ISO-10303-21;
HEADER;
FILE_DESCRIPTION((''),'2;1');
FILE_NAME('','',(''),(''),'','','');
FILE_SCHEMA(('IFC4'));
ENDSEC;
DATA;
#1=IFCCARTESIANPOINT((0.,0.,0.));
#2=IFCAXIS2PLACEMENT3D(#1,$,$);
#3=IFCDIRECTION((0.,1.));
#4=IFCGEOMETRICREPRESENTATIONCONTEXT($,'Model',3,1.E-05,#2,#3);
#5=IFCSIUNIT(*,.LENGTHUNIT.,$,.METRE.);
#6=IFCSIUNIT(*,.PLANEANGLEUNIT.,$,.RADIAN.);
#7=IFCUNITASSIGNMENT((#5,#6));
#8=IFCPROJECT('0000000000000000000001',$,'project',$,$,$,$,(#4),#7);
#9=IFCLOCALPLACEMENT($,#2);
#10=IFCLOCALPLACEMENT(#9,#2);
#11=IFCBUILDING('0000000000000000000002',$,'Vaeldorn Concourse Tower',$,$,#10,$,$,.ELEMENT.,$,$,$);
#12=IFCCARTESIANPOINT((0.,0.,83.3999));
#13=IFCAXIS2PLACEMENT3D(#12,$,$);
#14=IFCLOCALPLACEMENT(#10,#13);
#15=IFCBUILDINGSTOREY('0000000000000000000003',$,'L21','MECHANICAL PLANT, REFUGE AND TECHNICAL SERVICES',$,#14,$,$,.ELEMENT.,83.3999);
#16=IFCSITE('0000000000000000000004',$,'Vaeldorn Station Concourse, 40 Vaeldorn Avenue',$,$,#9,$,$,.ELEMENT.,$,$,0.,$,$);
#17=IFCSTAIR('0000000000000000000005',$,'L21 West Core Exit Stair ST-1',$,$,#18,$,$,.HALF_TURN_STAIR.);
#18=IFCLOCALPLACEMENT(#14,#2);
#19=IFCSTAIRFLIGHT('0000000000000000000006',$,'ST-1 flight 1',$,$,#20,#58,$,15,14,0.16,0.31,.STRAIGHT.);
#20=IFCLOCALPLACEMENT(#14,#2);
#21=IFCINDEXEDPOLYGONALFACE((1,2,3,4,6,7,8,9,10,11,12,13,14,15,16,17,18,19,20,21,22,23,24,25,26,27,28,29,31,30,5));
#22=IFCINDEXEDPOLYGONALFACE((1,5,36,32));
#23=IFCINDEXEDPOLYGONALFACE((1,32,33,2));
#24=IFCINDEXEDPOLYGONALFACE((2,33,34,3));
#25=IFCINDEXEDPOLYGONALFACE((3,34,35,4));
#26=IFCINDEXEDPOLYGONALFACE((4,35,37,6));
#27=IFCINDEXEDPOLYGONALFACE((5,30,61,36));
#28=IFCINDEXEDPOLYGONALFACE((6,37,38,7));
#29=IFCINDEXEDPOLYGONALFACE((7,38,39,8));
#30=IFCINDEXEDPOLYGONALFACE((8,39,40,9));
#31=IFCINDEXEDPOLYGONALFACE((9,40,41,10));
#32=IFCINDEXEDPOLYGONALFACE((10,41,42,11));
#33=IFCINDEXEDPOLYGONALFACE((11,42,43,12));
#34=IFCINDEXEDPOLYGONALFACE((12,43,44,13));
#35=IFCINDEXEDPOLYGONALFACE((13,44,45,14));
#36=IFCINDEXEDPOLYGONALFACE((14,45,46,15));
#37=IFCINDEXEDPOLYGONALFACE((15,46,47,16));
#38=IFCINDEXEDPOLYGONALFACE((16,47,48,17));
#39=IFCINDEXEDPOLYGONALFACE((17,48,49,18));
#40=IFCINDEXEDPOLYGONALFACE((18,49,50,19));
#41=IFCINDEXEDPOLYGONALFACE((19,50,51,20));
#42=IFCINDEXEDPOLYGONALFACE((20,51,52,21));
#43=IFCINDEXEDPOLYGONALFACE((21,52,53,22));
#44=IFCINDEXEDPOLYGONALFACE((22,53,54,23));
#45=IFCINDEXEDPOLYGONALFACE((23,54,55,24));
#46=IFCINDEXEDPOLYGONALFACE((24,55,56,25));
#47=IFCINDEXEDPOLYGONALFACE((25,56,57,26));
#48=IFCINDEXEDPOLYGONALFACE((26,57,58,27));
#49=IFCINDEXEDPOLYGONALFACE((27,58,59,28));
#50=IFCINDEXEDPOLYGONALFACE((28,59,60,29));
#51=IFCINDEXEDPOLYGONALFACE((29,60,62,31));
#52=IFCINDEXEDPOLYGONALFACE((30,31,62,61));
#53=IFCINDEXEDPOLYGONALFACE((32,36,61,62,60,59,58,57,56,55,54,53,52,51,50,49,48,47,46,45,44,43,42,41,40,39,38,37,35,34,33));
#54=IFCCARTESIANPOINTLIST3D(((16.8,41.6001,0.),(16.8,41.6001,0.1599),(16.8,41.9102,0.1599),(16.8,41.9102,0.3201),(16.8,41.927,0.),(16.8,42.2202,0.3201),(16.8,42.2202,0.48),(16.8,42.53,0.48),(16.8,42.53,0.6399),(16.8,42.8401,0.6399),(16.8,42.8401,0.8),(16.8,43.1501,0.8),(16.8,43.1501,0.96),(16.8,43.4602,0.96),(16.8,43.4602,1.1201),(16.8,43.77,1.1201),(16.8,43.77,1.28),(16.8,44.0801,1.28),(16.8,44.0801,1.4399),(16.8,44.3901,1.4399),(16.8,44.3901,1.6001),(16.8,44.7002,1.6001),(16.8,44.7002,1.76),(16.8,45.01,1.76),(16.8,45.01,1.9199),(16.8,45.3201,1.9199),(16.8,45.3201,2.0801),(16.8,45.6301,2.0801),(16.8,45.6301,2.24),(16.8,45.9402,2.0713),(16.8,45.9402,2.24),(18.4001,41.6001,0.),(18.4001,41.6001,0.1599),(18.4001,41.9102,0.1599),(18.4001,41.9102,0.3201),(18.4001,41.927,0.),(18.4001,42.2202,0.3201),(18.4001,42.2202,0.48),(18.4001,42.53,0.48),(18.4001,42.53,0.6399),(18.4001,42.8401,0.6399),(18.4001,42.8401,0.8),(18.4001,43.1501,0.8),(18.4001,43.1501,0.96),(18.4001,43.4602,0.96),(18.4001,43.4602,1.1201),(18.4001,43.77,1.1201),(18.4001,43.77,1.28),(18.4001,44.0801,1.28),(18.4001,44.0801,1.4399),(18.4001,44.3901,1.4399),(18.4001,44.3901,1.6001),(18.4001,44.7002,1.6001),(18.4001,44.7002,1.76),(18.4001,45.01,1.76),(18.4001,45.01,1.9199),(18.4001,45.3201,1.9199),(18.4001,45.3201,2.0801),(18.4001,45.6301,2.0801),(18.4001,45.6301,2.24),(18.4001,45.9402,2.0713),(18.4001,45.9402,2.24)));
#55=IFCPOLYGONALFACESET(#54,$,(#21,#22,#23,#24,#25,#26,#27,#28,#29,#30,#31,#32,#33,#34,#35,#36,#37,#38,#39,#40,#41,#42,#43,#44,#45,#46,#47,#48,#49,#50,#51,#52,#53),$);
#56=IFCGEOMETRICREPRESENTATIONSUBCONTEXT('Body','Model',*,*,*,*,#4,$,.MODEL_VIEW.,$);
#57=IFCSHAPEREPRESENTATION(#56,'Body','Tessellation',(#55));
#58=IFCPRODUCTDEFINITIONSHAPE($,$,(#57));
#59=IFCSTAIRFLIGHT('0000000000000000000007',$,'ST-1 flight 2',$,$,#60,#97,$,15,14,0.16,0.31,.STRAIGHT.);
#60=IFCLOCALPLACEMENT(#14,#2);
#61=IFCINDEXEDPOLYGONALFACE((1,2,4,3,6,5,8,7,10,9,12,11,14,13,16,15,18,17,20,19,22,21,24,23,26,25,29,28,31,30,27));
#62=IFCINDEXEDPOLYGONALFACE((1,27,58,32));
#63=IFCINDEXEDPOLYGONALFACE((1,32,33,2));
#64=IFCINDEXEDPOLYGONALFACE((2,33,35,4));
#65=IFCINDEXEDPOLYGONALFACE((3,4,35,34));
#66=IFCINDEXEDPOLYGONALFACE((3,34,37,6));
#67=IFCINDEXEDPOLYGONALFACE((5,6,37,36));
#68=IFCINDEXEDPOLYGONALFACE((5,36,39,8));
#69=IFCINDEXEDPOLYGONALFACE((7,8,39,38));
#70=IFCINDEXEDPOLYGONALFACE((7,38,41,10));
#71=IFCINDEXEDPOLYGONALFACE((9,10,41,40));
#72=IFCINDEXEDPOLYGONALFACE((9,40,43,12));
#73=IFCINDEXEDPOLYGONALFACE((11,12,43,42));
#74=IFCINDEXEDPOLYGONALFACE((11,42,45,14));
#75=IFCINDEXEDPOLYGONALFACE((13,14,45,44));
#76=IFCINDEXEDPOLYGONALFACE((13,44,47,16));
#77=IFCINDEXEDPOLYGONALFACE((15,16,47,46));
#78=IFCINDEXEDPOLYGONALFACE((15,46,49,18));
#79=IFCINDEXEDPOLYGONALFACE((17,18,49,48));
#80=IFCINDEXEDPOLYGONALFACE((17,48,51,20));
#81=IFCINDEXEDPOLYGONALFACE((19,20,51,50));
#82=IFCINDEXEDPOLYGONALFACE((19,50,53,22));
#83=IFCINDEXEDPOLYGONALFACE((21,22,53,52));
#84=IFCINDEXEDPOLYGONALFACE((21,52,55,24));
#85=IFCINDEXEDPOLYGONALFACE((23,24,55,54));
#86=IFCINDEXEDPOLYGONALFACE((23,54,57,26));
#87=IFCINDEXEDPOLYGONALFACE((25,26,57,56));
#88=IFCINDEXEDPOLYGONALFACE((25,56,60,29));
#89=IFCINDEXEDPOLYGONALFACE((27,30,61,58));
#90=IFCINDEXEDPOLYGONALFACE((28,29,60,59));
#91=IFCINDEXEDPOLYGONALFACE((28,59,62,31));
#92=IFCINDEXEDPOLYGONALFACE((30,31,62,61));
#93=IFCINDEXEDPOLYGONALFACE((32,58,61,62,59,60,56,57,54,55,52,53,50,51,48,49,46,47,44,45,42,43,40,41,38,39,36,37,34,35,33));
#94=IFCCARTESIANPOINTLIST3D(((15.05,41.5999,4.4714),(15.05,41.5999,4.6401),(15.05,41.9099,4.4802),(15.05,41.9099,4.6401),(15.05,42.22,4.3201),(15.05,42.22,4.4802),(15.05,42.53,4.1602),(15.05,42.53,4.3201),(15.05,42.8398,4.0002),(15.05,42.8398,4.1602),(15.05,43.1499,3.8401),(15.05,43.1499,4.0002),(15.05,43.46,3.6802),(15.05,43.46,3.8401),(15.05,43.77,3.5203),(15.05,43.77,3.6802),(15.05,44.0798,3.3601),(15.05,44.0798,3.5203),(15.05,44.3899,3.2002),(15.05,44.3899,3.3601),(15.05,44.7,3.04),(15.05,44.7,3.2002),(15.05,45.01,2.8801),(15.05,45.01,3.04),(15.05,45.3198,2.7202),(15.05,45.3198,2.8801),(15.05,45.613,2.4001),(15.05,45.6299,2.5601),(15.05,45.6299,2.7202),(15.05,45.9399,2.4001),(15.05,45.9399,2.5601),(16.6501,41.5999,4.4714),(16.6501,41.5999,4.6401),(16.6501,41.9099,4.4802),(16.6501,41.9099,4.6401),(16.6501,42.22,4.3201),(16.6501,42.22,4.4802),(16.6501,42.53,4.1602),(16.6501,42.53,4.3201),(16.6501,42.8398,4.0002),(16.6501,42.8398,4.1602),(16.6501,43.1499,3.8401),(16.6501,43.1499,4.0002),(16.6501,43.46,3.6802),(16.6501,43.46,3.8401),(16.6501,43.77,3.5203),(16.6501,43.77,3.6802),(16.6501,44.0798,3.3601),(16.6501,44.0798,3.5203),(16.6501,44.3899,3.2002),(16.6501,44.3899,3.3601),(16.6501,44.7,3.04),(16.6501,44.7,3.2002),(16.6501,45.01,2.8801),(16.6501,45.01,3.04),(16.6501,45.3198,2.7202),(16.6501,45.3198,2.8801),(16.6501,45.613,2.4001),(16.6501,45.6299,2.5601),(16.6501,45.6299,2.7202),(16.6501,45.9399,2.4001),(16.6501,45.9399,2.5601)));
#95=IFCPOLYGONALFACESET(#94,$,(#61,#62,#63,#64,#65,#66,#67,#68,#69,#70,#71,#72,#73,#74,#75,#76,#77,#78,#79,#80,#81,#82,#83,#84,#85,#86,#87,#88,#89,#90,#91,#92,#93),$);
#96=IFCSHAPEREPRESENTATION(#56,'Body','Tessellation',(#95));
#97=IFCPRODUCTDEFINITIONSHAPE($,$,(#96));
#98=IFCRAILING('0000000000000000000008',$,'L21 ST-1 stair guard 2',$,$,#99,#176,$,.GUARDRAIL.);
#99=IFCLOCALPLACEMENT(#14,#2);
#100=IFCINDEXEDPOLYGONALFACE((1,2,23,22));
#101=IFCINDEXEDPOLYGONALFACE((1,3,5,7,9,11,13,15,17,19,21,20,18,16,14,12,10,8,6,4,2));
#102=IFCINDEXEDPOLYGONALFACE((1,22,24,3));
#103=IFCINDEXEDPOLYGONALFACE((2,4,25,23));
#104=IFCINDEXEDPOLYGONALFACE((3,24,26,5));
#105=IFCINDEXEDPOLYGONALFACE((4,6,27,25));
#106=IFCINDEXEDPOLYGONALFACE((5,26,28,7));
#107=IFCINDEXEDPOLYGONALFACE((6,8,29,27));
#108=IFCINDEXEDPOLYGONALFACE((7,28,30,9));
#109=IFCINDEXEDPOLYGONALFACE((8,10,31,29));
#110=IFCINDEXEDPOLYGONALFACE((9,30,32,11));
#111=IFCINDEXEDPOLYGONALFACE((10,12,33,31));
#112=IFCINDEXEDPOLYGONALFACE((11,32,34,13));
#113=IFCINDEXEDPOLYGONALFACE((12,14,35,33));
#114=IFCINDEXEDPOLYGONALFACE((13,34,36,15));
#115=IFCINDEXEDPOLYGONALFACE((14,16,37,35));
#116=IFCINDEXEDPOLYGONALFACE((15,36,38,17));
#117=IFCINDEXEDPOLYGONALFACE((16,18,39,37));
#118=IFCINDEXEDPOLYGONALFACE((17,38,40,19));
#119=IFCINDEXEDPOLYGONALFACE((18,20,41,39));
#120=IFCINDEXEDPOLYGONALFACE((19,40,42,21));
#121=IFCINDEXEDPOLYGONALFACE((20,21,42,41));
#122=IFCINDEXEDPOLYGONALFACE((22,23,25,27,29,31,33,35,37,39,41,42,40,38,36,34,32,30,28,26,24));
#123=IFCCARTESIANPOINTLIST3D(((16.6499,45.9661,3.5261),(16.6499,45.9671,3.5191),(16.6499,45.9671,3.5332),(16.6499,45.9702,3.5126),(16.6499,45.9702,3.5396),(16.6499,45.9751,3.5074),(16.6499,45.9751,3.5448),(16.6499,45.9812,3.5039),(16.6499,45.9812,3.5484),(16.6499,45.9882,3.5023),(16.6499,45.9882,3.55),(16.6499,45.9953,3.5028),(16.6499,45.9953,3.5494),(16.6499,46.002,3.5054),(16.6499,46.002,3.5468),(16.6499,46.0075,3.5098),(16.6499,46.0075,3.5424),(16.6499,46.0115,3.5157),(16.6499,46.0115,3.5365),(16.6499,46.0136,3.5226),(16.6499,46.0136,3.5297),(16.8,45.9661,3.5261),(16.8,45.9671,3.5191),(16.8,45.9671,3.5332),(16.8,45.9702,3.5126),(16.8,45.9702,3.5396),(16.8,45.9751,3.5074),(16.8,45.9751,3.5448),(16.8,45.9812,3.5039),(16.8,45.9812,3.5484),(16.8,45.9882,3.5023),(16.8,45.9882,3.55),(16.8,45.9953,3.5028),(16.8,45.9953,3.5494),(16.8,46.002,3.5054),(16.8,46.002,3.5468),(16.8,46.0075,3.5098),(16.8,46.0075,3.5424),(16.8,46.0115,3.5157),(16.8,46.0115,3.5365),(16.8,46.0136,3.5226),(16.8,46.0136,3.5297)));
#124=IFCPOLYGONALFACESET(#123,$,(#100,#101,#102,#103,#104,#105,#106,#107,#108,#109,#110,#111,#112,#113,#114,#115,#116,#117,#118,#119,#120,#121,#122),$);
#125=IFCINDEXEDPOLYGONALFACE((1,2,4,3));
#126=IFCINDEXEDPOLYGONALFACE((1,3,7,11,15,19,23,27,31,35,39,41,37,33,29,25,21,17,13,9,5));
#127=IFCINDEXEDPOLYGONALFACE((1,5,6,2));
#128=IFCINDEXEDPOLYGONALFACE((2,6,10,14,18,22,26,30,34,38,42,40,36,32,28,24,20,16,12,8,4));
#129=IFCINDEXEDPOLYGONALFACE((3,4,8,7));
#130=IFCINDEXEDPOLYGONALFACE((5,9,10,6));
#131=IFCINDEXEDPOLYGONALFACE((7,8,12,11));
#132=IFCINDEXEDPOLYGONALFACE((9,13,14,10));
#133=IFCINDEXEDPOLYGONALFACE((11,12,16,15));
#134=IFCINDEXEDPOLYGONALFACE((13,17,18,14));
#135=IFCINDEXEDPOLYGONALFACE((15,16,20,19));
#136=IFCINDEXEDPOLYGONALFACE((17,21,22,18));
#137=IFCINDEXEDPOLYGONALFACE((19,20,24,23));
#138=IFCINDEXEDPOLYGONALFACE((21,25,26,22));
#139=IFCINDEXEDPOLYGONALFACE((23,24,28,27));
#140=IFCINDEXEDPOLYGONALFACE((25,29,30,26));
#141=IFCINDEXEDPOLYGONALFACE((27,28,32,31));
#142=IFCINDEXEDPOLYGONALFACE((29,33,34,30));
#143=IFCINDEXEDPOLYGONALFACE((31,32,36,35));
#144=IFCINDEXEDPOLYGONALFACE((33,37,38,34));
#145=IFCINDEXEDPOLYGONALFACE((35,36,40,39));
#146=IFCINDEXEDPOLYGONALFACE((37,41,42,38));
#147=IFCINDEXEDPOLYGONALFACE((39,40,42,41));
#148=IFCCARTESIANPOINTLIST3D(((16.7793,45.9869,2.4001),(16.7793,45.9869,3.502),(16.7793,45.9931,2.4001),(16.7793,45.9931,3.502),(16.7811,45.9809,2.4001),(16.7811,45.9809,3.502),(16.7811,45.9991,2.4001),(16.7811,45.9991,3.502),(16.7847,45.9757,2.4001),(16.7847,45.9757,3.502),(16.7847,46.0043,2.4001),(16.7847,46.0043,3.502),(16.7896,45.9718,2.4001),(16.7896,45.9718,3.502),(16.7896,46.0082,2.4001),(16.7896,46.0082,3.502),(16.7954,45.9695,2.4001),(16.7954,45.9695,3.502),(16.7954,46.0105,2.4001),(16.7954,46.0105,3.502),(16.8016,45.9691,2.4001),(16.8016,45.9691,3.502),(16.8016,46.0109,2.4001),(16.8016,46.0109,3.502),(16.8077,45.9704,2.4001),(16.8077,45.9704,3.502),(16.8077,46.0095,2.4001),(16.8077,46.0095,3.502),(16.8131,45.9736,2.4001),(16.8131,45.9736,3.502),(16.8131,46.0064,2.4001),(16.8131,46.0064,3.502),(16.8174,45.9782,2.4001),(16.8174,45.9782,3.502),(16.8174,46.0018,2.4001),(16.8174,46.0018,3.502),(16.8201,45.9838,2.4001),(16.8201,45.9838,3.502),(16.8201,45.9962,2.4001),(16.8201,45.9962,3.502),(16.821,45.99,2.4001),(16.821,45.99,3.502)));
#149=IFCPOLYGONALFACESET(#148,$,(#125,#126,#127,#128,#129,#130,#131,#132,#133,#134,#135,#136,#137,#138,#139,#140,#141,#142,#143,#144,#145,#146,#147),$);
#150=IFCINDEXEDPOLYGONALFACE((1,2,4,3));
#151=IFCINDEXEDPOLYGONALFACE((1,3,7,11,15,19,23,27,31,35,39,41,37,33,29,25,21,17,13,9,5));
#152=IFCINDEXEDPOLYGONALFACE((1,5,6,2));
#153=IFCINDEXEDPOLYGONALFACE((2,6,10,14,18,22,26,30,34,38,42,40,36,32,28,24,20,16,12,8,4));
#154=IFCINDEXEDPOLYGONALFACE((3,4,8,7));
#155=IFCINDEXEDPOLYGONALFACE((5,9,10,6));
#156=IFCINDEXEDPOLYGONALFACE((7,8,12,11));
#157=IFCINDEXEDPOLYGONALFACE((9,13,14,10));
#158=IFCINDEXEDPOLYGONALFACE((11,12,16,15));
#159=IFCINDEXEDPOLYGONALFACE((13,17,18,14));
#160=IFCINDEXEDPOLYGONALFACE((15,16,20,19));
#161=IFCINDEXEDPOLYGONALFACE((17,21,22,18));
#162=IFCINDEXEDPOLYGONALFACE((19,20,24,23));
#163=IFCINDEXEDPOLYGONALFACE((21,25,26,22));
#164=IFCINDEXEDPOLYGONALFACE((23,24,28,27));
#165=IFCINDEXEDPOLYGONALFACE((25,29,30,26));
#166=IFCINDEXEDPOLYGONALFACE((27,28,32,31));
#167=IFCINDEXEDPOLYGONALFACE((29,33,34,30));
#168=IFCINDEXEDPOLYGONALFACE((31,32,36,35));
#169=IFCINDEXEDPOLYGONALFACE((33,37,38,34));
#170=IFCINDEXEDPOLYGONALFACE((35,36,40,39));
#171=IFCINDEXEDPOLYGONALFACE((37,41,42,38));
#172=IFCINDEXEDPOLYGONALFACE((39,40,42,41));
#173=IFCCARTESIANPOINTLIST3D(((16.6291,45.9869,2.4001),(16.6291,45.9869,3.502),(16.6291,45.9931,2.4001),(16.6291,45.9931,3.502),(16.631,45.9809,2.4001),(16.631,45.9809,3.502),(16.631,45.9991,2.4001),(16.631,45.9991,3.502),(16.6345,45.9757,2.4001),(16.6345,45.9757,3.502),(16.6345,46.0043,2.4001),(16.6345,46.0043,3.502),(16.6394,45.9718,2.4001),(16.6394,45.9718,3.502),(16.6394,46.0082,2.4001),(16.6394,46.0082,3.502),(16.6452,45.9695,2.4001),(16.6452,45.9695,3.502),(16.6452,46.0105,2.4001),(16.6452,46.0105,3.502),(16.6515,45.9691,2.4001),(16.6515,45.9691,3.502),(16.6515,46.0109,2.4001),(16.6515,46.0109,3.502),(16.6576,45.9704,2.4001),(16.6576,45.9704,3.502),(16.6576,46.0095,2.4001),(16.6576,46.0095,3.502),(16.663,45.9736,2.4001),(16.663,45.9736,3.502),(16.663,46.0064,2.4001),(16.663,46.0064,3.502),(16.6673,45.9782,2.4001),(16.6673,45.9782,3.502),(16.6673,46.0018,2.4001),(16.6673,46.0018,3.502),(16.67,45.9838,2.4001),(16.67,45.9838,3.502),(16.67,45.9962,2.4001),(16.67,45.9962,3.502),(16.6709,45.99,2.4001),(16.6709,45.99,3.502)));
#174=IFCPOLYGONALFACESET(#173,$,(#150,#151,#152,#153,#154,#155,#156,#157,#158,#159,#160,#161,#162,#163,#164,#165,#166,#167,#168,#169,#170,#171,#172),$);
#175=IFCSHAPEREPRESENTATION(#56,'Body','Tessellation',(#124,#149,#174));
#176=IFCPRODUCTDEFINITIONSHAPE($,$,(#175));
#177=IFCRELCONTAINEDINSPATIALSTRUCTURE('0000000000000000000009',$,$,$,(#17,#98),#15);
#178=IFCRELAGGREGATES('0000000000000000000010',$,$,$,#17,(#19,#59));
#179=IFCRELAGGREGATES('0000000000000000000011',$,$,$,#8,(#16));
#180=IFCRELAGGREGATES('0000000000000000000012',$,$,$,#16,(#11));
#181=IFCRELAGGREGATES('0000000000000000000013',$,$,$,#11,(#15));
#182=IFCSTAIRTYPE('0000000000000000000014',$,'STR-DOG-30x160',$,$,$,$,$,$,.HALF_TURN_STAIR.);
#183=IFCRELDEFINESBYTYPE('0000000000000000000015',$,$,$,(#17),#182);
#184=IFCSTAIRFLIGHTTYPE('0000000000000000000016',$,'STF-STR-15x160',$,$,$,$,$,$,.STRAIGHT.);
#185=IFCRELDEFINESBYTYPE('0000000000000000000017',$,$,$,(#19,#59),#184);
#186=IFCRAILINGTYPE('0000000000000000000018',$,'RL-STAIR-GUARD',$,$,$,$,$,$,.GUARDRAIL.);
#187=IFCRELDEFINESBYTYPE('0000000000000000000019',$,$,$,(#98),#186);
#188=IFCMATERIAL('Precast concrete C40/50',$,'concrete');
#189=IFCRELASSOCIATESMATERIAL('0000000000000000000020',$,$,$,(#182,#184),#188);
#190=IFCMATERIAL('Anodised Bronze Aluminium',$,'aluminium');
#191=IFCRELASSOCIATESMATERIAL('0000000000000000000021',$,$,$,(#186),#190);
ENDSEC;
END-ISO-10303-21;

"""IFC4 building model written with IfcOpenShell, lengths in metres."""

from ifc_helpers import new_model, si_unit, direction, frame, origin, origin_2d, place, context, subcontext, project, spatial, polyline, circle, outline, extrude, material, type_object, element, aggregate, save


model = new_model("IFC4")

# Units and contexts
model_context = context("Model", 3, precision=1e-05, world=origin(), true_north=direction((0.0, 1.0)))
body_context = subcontext(model_context, "Body", "Model", "MODEL_VIEW")
ifc_project = project(units=[si_unit("LENGTHUNIT", "METRE"), si_unit("PLANEANGLEUNIT", "RADIAN")], contexts=[model_context])

# Site, building, storey
site_placement = place(None, origin())
site = spatial("IfcSite", under=ifc_project, at=site_placement, Name="Vaeldorn Station Concourse, 40 Vaeldorn Avenue", CompositionType="ELEMENT", RefElevation=0.0)
building_placement = place(site_placement, origin())
building = spatial("IfcBuilding", under=site, at=building_placement, Name="Vaeldorn Concourse Tower", CompositionType="ELEMENT")
storey_placement = place(building_placement, frame((0.0, 0.0, 83.3999)))
storey = spatial("IfcBuildingStorey", under=building, at=storey_placement, Name="L21", Description="MECHANICAL PLANT, REFUGE AND TECHNICAL SERVICES", CompositionType="ELEMENT", Elevation=83.3999)

# Stair, stair flights
ifc_material_1 = material(Name="Precast concrete C40/50", Category="concrete")
stair_type = type_object("IfcStairType", Name="STR-DOG-30x160", PredefinedType="HALF_TURN_STAIR", material=ifc_material_1)
stair_placement = place(storey_placement, origin())
stair = element("IfcStair", 1, at=stair_placement, inside=storey, type_object=stair_type, Name="L21 West Core Exit Stair ST-1", PredefinedType="HALF_TURN_STAIR")
stair_flight_type = type_object("IfcStairFlightType", Name="STF-STR-15x160", PredefinedType="STRAIGHT", material=ifc_material_1)
stair_flight_1_placement = place(storey_placement, frame((17.6001, 41.6001, 0.0), z_axis=(0.0, 0.0, 1.0), x_axis=(0.0, 1.0, 0.0)))
stair_flight_1 = element("IfcStairFlight", 2, at=stair_flight_1_placement, type_object=stair_flight_type, Name="ST-1 flight 1", NumberOfRisers=15, NumberOfTreads=14, PredefinedType="STRAIGHT", RiserHeight=0.16, TreadLength=0.31, context=body_context, shape_type="SweptSolid", body=[
    extrude(outline(polyline([(0.0, 0.0), (0.0, 0.1599), (0.3101, 0.1599), (0.3101, 0.3201), (0.6201, 0.3201), (0.6201, 0.48), (0.9299, 0.48), (0.9299, 0.6399), (1.24, 0.6399), (1.24, 0.8), (1.55, 0.8), (1.55, 0.96), (1.8601, 0.96), (1.8601, 1.1201), (2.1699, 1.1201), (2.1699, 1.28), (2.48, 1.28), (2.48, 1.4399), (2.79, 1.4399), (2.79, 1.6001), (3.1001, 1.6001), (3.1001, 1.76), (3.4099, 1.76), (3.4099, 1.9199), (3.72, 1.9199), (3.72, 2.0801), (4.03, 2.0801), (4.03, 2.24), (4.3401, 2.24), (4.3401, 2.3999), (4.3401, 2.0713), (0.3269, 0.0), (0.0, 0.0)])), frame((0.0, 0.8, 0.0), z_axis=(0.0, -1.0, 0.0), x_axis=(1.0, 0.0, 0.0)), (0.0, 0.0, 1.0), 1.6001),
])
stair_flight_2_placement = place(storey_placement, frame((15.8501, 45.9399, 2.4001), z_axis=(0.0, 0.0, 1.0), x_axis=(0.0, -1.0, 0.0)))
stair_flight_2 = element("IfcStairFlight", 3, at=stair_flight_2_placement, type_object=stair_flight_type, Name="ST-1 flight 2", NumberOfRisers=15, NumberOfTreads=14, PredefinedType="STRAIGHT", RiserHeight=0.16, TreadLength=0.31, context=body_context, shape_type="SweptSolid", body=[
    extrude(outline(polyline([(0.0, 0.0), (0.0, 0.1599), (0.3101, 0.1599), (0.3101, 0.3201), (0.6201, 0.3201), (0.6201, 0.48), (0.9299, 0.48), (0.9299, 0.6399), (1.24, 0.6399), (1.24, 0.8), (1.55, 0.8), (1.55, 0.96), (1.8601, 0.96), (1.8601, 1.1201), (2.1699, 1.1201), (2.1699, 1.28), (2.48, 1.28), (2.48, 1.4399), (2.79, 1.4399), (2.79, 1.6001), (3.1001, 1.6001), (3.1001, 1.76), (3.4099, 1.76), (3.4099, 1.9199), (3.72, 1.9199), (3.72, 2.0801), (4.03, 2.0801), (4.03, 2.24), (4.3401, 2.24), (4.3401, 2.3999), (4.3401, 2.0713), (0.3269, 0.0), (0.0, 0.0)])), frame((0.0, 0.8, 0.0), z_axis=(0.0, -1.0, 0.0), x_axis=(1.0, 0.0, 0.0)), (0.0, 0.0, 1.0), 1.6001),
])
aggregate(stair, [stair_flight_1, stair_flight_2])

# Railing
ifc_material_2 = material(Name="Anodised Bronze Aluminium", Category="aluminium")
railing_type_1 = type_object("IfcRailingType", Name="RL-STAIR-GUARD", PredefinedType="GUARDRAIL", material=ifc_material_2)
railing_1_placement = place(storey_placement, frame((16.8, 45.99, 2.4001)))
element("IfcRailing", 4, at=railing_1_placement, inside=storey, type_object=railing_type_1, Name="L21 ST-1 stair guard 2", PredefinedType="GUARDRAIL", context=body_context, shape_type="SweptSolid", body=[
    extrude(circle(Radius=0.0239, at=origin_2d()), frame((0.0, 0.0, 1.126), z_axis=(-1.0, 0.0, 0.0), x_axis=(0.0, -1.0, 0.0)), (0.0, 0.0, 1.0), 0.1501),
    extrude(circle(Radius=0.021, at=origin_2d()), origin(), (0.0, 0.0, 1.0), 1.1018),
    extrude(circle(Radius=0.021, at=origin_2d()), frame((-0.1501, 0.0, 0.0)), (0.0, 0.0, 1.0), 1.1018),
])

save(model, "model.ifc")
